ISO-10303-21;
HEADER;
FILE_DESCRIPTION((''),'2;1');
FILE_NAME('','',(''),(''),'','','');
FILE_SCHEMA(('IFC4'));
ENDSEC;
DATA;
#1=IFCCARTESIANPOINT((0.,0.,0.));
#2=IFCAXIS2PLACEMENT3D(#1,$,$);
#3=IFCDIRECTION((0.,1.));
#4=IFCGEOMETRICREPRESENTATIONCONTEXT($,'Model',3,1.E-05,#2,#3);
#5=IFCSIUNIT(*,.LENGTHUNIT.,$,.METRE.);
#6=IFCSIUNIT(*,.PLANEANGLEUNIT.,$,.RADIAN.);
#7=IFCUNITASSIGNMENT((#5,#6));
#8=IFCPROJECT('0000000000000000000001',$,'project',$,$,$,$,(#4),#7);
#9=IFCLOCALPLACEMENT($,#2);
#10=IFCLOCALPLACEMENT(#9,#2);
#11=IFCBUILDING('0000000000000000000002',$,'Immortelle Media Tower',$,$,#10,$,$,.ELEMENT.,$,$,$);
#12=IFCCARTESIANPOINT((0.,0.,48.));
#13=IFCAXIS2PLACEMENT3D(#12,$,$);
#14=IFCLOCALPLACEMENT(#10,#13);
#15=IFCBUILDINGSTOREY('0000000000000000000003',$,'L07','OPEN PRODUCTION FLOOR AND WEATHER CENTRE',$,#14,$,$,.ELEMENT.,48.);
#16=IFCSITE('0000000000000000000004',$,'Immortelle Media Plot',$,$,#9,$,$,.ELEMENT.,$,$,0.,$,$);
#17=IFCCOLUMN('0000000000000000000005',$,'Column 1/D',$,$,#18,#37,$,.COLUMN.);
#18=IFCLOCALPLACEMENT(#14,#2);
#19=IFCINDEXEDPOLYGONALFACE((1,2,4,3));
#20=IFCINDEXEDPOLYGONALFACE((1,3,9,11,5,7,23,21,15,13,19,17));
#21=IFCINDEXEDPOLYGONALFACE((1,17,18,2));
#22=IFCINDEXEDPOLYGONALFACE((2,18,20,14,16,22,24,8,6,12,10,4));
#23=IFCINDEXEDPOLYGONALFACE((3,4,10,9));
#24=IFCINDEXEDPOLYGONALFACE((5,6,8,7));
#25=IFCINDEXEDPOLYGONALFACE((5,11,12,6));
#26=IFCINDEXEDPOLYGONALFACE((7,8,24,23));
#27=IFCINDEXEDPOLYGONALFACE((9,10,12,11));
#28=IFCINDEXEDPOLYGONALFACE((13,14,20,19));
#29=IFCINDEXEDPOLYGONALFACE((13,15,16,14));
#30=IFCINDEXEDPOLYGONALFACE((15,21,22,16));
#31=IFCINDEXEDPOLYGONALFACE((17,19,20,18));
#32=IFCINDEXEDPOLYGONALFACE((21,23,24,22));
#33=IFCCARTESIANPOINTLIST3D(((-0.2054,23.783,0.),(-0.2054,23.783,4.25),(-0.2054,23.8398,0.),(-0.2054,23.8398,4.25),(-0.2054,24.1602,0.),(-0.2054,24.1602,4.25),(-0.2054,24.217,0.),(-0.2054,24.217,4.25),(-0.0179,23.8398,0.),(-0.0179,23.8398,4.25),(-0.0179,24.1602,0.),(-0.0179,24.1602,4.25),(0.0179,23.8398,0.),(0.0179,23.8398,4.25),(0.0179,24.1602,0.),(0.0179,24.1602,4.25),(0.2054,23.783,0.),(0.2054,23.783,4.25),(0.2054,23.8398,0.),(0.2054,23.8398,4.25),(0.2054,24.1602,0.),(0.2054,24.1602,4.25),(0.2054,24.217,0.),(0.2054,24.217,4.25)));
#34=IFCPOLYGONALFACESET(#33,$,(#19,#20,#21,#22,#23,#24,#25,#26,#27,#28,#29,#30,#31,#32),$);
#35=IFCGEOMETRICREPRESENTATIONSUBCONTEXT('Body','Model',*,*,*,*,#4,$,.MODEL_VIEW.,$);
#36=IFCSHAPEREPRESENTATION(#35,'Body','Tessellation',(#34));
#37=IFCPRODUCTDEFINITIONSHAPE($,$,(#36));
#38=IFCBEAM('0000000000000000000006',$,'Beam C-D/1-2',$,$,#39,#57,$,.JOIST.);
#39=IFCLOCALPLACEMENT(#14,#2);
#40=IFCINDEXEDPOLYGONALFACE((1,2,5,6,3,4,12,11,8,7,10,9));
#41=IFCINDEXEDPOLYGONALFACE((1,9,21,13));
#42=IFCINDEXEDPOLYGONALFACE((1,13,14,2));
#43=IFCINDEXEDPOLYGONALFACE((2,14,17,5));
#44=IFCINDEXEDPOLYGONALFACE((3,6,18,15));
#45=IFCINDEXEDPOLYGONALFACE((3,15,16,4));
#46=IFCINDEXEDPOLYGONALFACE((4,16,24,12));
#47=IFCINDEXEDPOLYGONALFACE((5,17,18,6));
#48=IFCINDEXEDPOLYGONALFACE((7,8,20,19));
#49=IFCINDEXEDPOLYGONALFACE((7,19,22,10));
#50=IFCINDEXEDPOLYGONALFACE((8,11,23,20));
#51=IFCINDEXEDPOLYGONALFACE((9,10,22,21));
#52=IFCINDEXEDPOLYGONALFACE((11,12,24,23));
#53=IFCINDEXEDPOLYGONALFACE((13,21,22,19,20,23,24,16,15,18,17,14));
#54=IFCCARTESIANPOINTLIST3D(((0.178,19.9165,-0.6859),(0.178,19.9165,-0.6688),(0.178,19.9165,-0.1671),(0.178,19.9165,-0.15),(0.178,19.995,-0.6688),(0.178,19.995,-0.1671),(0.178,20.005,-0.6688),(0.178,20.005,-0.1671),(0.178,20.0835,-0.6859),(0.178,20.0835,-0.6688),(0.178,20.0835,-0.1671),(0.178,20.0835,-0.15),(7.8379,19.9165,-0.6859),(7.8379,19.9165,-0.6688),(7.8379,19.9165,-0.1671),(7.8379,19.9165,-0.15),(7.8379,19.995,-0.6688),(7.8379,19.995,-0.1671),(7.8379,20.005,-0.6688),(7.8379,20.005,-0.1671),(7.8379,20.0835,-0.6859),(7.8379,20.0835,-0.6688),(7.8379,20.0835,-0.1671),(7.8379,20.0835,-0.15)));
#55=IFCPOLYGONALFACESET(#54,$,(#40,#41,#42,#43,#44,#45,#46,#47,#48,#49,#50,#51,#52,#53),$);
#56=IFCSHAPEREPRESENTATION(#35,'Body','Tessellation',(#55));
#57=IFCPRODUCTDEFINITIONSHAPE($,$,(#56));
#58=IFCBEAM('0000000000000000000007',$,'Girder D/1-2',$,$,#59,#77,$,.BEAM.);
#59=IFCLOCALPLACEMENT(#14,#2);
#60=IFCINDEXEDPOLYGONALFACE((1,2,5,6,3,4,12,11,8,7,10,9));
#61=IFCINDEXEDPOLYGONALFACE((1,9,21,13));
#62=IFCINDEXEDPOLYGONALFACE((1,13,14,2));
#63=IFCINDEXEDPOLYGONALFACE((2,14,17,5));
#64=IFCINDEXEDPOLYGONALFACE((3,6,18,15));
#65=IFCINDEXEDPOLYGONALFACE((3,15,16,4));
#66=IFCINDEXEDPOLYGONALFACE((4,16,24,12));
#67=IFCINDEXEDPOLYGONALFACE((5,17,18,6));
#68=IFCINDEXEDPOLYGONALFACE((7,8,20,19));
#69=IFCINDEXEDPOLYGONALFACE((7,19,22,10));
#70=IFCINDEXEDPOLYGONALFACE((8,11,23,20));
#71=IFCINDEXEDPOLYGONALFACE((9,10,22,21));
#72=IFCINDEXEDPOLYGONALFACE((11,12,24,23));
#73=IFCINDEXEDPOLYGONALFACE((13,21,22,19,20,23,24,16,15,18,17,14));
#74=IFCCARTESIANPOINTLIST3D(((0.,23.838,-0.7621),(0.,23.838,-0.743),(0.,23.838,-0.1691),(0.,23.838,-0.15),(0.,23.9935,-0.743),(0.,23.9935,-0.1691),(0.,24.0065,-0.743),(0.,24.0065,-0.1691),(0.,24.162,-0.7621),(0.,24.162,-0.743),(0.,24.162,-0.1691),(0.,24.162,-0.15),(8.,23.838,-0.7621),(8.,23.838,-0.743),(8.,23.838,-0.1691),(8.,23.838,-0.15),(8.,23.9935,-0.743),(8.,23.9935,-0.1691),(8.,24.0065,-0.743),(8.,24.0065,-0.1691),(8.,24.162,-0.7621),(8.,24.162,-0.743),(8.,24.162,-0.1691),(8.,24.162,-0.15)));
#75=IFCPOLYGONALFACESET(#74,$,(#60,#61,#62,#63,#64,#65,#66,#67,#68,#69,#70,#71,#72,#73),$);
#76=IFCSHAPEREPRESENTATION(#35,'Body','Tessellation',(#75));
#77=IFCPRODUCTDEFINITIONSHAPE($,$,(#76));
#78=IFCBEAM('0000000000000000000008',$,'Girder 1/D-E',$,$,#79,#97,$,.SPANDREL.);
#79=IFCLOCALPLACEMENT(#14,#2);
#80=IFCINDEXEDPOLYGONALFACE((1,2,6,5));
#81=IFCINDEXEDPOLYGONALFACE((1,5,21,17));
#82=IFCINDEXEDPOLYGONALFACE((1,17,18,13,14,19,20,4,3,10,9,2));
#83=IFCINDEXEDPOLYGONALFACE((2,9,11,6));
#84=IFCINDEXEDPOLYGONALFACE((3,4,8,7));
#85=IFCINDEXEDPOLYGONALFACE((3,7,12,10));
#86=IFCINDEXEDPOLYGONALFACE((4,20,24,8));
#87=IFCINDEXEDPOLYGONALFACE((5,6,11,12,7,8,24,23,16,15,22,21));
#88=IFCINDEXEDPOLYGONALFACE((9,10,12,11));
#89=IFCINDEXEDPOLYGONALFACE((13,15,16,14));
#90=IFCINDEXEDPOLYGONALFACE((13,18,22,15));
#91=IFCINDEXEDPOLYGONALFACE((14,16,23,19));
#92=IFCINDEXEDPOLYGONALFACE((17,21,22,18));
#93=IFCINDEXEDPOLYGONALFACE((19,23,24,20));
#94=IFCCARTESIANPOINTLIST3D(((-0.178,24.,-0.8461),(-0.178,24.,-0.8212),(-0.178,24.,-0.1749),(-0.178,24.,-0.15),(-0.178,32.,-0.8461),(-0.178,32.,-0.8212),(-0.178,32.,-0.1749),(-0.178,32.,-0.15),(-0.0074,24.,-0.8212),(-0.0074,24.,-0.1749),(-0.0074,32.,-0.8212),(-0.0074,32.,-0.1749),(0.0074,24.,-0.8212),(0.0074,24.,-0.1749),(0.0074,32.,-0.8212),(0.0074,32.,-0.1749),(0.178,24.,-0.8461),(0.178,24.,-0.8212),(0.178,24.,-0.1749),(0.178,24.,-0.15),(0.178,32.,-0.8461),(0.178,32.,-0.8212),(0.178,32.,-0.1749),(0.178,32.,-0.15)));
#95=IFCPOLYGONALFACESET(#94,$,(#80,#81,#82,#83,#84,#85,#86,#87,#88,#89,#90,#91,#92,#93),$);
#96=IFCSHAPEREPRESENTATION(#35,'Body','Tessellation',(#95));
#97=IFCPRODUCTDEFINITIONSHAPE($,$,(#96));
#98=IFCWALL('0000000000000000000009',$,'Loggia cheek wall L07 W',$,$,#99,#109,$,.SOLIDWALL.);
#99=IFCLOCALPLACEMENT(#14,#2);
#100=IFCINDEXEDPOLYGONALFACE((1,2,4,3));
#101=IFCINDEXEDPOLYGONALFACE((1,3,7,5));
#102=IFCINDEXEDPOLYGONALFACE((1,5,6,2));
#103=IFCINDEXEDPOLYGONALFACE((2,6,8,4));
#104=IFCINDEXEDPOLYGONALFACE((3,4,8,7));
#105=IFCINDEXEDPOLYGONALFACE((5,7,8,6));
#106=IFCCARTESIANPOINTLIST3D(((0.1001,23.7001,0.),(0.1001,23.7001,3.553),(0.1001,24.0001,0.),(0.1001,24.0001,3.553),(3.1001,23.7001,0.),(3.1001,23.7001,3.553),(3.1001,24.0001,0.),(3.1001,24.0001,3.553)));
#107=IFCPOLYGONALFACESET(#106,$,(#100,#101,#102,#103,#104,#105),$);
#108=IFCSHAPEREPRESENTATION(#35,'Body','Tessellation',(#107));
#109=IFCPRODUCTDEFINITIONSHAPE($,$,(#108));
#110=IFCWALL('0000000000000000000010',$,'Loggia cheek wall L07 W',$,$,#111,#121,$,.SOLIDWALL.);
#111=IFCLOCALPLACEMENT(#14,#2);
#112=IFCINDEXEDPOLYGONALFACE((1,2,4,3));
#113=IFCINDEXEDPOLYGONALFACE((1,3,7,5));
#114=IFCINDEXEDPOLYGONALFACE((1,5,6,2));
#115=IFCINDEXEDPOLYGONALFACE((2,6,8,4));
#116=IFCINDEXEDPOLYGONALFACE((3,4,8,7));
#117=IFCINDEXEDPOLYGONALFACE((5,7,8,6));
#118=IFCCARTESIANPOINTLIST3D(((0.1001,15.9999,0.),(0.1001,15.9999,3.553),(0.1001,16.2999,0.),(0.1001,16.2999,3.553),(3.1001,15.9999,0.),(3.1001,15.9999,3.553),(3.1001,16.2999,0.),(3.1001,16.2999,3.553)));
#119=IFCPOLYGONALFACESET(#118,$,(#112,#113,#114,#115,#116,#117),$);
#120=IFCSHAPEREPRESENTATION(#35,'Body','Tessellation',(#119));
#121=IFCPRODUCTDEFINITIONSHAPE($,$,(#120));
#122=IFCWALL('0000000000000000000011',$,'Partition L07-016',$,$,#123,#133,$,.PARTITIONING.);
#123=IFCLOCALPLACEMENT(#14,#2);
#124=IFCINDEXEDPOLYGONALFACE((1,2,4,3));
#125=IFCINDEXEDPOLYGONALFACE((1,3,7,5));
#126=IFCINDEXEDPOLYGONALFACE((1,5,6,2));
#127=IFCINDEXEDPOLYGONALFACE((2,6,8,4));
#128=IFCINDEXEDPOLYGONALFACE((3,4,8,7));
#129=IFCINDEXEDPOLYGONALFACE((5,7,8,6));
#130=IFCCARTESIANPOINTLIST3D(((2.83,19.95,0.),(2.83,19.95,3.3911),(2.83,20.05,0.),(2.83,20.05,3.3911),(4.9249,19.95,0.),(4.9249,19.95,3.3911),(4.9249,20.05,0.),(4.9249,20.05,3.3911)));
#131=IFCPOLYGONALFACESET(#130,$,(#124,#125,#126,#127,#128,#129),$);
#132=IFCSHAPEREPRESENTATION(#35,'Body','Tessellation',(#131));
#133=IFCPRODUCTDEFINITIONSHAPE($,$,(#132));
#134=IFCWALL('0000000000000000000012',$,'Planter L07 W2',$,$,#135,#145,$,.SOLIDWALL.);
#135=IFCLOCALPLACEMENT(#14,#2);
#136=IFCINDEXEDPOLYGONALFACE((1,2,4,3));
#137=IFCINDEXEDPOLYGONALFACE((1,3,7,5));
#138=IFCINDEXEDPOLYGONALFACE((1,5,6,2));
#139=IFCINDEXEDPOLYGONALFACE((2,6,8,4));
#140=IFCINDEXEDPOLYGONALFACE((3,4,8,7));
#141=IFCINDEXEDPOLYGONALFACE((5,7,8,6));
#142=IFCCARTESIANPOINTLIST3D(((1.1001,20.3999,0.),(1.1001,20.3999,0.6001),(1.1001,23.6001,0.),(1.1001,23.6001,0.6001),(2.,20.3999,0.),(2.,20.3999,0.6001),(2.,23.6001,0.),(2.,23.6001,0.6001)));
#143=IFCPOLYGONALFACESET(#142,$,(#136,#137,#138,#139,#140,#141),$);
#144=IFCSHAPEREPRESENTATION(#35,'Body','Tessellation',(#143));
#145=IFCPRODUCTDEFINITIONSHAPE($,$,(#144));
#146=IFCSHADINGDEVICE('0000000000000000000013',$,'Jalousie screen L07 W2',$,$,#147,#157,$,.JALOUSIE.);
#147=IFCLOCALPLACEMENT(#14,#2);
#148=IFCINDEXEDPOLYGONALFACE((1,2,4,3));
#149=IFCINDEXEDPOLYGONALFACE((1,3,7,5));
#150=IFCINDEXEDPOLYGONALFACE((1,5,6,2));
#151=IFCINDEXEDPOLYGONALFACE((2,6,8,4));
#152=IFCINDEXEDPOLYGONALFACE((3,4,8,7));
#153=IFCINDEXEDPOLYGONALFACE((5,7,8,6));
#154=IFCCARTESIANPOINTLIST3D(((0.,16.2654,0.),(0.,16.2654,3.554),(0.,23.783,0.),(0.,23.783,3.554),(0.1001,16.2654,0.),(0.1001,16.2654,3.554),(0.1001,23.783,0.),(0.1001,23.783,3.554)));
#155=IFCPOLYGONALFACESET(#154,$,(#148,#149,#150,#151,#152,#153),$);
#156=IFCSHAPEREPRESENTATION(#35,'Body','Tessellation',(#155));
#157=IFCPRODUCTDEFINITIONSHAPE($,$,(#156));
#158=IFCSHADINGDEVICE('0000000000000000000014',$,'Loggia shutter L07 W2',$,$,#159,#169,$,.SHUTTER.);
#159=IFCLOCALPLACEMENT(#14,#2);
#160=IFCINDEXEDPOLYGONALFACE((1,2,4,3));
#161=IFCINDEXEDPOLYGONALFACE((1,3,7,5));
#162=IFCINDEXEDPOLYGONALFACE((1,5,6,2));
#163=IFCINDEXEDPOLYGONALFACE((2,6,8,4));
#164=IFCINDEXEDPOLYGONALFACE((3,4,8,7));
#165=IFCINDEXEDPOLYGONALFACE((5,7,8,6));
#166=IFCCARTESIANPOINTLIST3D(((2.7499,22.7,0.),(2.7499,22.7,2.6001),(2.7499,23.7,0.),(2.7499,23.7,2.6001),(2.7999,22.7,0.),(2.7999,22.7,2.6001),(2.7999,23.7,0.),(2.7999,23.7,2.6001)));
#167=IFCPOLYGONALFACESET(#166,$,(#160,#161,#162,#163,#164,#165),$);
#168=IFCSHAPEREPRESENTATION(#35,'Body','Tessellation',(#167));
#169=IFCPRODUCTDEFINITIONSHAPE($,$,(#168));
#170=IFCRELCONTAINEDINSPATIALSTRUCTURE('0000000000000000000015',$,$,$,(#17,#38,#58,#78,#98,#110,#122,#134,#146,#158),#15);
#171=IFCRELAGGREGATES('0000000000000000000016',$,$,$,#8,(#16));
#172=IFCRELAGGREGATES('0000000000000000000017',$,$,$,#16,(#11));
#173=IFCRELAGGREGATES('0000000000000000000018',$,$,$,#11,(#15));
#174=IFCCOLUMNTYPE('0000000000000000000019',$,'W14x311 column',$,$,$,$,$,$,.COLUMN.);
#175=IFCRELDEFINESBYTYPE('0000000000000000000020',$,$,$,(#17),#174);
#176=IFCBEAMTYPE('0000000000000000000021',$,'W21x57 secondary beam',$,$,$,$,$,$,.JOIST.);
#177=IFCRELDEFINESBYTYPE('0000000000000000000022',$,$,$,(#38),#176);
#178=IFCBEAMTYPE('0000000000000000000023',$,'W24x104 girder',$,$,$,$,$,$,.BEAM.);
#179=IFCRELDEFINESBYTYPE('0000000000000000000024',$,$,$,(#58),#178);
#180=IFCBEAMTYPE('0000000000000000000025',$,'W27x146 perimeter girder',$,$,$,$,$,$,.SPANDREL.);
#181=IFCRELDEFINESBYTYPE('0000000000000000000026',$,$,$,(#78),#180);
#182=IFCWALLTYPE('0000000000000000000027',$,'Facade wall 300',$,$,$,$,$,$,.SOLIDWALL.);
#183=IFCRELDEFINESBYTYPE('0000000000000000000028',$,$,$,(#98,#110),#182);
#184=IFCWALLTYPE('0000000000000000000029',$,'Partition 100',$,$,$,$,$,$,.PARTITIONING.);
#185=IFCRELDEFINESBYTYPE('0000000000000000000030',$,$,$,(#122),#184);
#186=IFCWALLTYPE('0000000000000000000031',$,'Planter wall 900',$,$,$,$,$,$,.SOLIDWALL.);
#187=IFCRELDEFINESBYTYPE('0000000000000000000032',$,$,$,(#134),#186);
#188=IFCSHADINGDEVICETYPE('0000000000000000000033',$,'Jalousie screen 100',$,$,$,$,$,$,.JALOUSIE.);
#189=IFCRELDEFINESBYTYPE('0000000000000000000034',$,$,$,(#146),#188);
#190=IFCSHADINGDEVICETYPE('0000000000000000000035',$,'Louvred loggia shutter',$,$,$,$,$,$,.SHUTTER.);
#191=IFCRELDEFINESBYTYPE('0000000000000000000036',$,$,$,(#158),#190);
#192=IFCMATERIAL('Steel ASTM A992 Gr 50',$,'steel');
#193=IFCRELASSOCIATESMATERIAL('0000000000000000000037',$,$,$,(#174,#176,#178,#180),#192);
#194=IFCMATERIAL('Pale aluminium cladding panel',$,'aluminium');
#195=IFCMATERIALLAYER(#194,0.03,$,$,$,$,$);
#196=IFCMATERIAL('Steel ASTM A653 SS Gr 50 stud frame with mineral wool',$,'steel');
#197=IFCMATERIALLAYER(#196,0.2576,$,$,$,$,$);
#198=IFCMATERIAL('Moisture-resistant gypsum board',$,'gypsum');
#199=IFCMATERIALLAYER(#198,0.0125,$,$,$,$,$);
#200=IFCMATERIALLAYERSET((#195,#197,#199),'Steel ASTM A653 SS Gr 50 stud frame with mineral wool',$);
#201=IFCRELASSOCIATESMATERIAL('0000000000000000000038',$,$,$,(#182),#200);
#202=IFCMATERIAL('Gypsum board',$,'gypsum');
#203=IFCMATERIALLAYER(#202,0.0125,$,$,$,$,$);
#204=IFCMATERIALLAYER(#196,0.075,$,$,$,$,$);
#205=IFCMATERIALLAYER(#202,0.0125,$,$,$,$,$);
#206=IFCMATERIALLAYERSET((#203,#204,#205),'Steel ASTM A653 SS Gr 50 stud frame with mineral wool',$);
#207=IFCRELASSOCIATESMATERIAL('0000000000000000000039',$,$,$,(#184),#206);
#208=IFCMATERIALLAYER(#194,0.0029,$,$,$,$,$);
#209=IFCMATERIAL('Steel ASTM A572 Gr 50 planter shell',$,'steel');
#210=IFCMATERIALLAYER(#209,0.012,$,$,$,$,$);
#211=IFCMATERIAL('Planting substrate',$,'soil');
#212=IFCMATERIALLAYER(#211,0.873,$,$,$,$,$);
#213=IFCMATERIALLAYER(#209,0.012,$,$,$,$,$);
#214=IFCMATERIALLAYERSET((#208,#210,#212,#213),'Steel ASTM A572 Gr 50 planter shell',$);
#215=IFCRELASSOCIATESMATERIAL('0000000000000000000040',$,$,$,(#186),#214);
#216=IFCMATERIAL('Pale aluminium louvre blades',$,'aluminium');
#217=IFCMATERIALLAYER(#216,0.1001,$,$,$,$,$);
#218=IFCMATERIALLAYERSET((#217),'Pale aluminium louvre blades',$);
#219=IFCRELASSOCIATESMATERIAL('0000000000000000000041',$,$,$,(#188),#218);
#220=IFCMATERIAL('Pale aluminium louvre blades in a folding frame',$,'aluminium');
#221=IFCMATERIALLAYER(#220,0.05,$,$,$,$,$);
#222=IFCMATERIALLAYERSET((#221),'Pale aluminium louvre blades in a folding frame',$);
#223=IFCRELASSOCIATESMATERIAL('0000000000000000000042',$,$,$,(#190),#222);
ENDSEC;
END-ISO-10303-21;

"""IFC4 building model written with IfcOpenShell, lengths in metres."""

from ifc_helpers import new_model, si_unit, direction, frame, frame_2d, origin, origin_2d, place, context, subcontext, project, spatial, rectangle, i_section, extrude, material, layer, layer_set, material_profile, profile_set, type_object, element, save


model = new_model("IFC4")

# Units and contexts
model_context = context("Model", 3, precision=1e-05, world=origin(), true_north=direction((0.0, 1.0)))
body_context = subcontext(model_context, "Body", "Model", "MODEL_VIEW")
ifc_project = project(units=[si_unit("LENGTHUNIT", "METRE"), si_unit("PLANEANGLEUNIT", "RADIAN")], contexts=[model_context])

# Site, building, storey
site_placement = place(None, origin())
site = spatial("IfcSite", under=ifc_project, at=site_placement, Name="Immortelle Media Plot", CompositionType="ELEMENT", RefElevation=0.0)
building_placement = place(site_placement, origin())
building = spatial("IfcBuilding", under=site, at=building_placement, Name="Immortelle Media Tower", CompositionType="ELEMENT")
storey_placement = place(building_placement, frame((0.0, 0.0, 48.0)))
storey = spatial("IfcBuildingStorey", under=building, at=storey_placement, Name="L07", Description="OPEN PRODUCTION FLOOR AND WEATHER CENTRE", CompositionType="ELEMENT", Elevation=48.0)

# Column
ifc_material_1 = material(Name="Steel ASTM A992 Gr 50", Category="steel")
ifc_material_profile_1 = material_profile(ifc_material_1, i_section(OverallWidth=0.4109, OverallDepth=0.4341, WebThickness=0.0359, FlangeThickness=0.0569, at=origin_2d()), Name="W14x311")
ifc_profile_set_1 = profile_set([ifc_material_profile_1], Name="Steel ASTM A992 Gr 50")
column_type = type_object("IfcColumnType", Name="W14x311 column", PredefinedType="COLUMN", material=ifc_profile_set_1)
column_placement = place(storey_placement, frame((0.0, 24.0, 0.0), z_axis=(0.0, 0.0, 1.0), x_axis=(1.0, 0.0, 0.0)))
element("IfcColumn", 1, at=column_placement, inside=storey, type_object=column_type, Name="Column 1/D", PredefinedType="COLUMN", context=body_context, shape_type="SweptSolid", body=[
    extrude(i_section(OverallWidth=0.4109, OverallDepth=0.4341, WebThickness=0.0359, FlangeThickness=0.0569, at=origin_2d()), origin(), (0.0, 0.0, 1.0), 4.25),
])

# Beams
ifc_material_profile_2 = material_profile(ifc_material_1, i_section(OverallWidth=0.167, OverallDepth=0.5359, WebThickness=0.01, FlangeThickness=0.0171, at=origin_2d()), Name="W21x57")
ifc_profile_set_2 = profile_set([ifc_material_profile_2], Name="Steel ASTM A992 Gr 50")
beam_type_1 = type_object("IfcBeamType", Name="W21x57 secondary beam", PredefinedType="JOIST", material=ifc_profile_set_2)
beam_1_placement = place(storey_placement, frame((0.178, 20.0, -0.418), z_axis=(1.0, 0.0, 0.0), x_axis=(0.0, 1.0, 0.0)))
element("IfcBeam", 2, at=beam_1_placement, inside=storey, type_object=beam_type_1, Name="Beam C-D/1-2", PredefinedType="JOIST", context=body_context, shape_type="SweptSolid", body=[
    extrude(i_section(OverallWidth=0.167, OverallDepth=0.5359, WebThickness=0.01, FlangeThickness=0.0171, at=origin_2d()), origin(), (0.0, 0.0, 1.0), 7.6599),
])
ifc_material_profile_3 = material_profile(ifc_material_1, i_section(OverallWidth=0.324, OverallDepth=0.6121, WebThickness=0.0129, FlangeThickness=0.019, at=origin_2d()), Name="W24x104")
ifc_profile_set_3 = profile_set([ifc_material_profile_3], Name="Steel ASTM A992 Gr 50")
beam_type_2 = type_object("IfcBeamType", Name="W24x104 girder", PredefinedType="BEAM", material=ifc_profile_set_3)
beam_2_placement = place(storey_placement, frame((0.0, 24.0, -0.4561), z_axis=(1.0, 0.0, 0.0), x_axis=(0.0, 1.0, 0.0)))
element("IfcBeam", 3, at=beam_2_placement, inside=storey, type_object=beam_type_2, Name="Girder D/1-2", PredefinedType="BEAM", context=body_context, shape_type="SweptSolid", body=[
    extrude(i_section(OverallWidth=0.324, OverallDepth=0.6121, WebThickness=0.0129, FlangeThickness=0.019, at=origin_2d()), origin(), (0.0, 0.0, 1.0), 8.0),
])
ifc_material_profile_4 = material_profile(ifc_material_1, i_section(OverallWidth=0.356, OverallDepth=0.696, WebThickness=0.0149, FlangeThickness=0.0249, at=origin_2d()), Name="W27x146")
ifc_profile_set_4 = profile_set([ifc_material_profile_4], Name="Steel ASTM A992 Gr 50")
beam_type_3 = type_object("IfcBeamType", Name="W27x146 perimeter girder", PredefinedType="SPANDREL", material=ifc_profile_set_4)
beam_3_placement = place(storey_placement, frame((0.0, 24.0, -0.498), z_axis=(0.0, 1.0, 0.0), x_axis=(-1.0, 0.0, 0.0)))
element("IfcBeam", 4, at=beam_3_placement, inside=storey, type_object=beam_type_3, Name="Girder 1/D-E", PredefinedType="SPANDREL", context=body_context, shape_type="SweptSolid", body=[
    extrude(i_section(OverallWidth=0.356, OverallDepth=0.696, WebThickness=0.0149, FlangeThickness=0.0249, at=origin_2d()), origin(), (0.0, 0.0, 1.0), 8.0),
])

# Shared definitions
ifc_material_2 = material(Name="Pale aluminium cladding panel", Category="aluminium")
ifc_layer_1 = layer(ifc_material_2, 0.03)
ifc_material_3 = material(Name="Steel ASTM A653 SS Gr 50 stud frame with mineral wool", Category="steel")
ifc_layer_2 = layer(ifc_material_3, 0.2576)
ifc_material_4 = material(Name="Moisture-resistant gypsum board", Category="gypsum")
ifc_layer_3 = layer(ifc_material_4, 0.0125)
ifc_layer_set_1 = layer_set([ifc_layer_1, ifc_layer_2, ifc_layer_3], Name="Steel ASTM A653 SS Gr 50 stud frame with mineral wool")
wall_type_1 = type_object("IfcWallType", Name="Facade wall 300", PredefinedType="SOLIDWALL", material=ifc_layer_set_1)

# Walls
for number, where, z_axis, x_axis, name in (
    (5, (0.1001, 23.8501, 0.0), (0.0, 0.0, 1.0), (1.0, 0.0, 0.0), "Loggia cheek wall L07 W"),
    (6, (0.1001, 16.1499, 0.0), (0.0, 0.0, 1.0), (1.0, 0.0, 0.0), "Loggia cheek wall L07 W"),
):
    element("IfcWall", number, at=place(storey_placement, frame(where, z_axis=z_axis, x_axis=x_axis)), inside=storey, type_object=wall_type_1, Name=name, PredefinedType="SOLIDWALL", context=body_context, shape_type="SweptSolid", body=[
        extrude(rectangle(XDim=3.0, YDim=0.3, at=frame_2d((1.5, 0.0))), origin(), (0.0, 0.0, 1.0), 3.553),
    ])
ifc_material_5 = material(Name="Gypsum board", Category="gypsum")
ifc_layer_4 = layer(ifc_material_5, 0.0125)
ifc_layer_5 = layer(ifc_material_3, 0.075)
ifc_layer_6 = layer(ifc_material_5, 0.0125)
ifc_layer_set_2 = layer_set([ifc_layer_4, ifc_layer_5, ifc_layer_6], Name="Steel ASTM A653 SS Gr 50 stud frame with mineral wool")
wall_type_2 = type_object("IfcWallType", Name="Partition 100", PredefinedType="PARTITIONING", material=ifc_layer_set_2)
wall_1_placement = place(storey_placement, frame((2.8301, 20.0, 0.0), z_axis=(0.0, 0.0, 1.0), x_axis=(1.0, 0.0, 0.0)))
element("IfcWall", 7, at=wall_1_placement, inside=storey, type_object=wall_type_2, Name="Partition L07-016", PredefinedType="PARTITIONING", context=body_context, shape_type="SweptSolid", body=[
    extrude(rectangle(XDim=2.095, YDim=0.1001, at=frame_2d((1.0474, 0.0))), origin(), (0.0, 0.0, 1.0), 3.3911),
])
ifc_layer_7 = layer(ifc_material_2, 0.0029)
ifc_material_6 = material(Name="Steel ASTM A572 Gr 50 planter shell", Category="steel")
ifc_layer_8 = layer(ifc_material_6, 0.012)
ifc_material_7 = material(Name="Planting substrate", Category="soil")
ifc_layer_9 = layer(ifc_material_7, 0.873)
ifc_layer_10 = layer(ifc_material_6, 0.012)
ifc_layer_set_3 = layer_set([ifc_layer_7, ifc_layer_8, ifc_layer_9, ifc_layer_10], Name="Steel ASTM A572 Gr 50 planter shell")
wall_type_3 = type_object("IfcWallType", Name="Planter wall 900", PredefinedType="SOLIDWALL", material=ifc_layer_set_3)
wall_2_placement = place(storey_placement, frame((1.55, 23.6001, 0.0), z_axis=(0.0, 0.0, 1.0), x_axis=(0.0, -1.0, 0.0)))
element("IfcWall", 8, at=wall_2_placement, inside=storey, type_object=wall_type_3, Name="Planter L07 W2", PredefinedType="SOLIDWALL", context=body_context, shape_type="SweptSolid", body=[
    extrude(rectangle(XDim=3.2002, YDim=0.8999, at=frame_2d((1.6001, 0.0))), origin(), (0.0, 0.0, 1.0), 0.6001),
])

# Shading devices
ifc_material_8 = material(Name="Pale aluminium louvre blades", Category="aluminium")
ifc_layer_11 = layer(ifc_material_8, 0.1001)
ifc_layer_set_4 = layer_set([ifc_layer_11], Name="Pale aluminium louvre blades")
shading_device_type_1 = type_object("IfcShadingDeviceType", Name="Jalousie screen 100", PredefinedType="JALOUSIE", material=ifc_layer_set_4)
shading_device_1_placement = place(storey_placement, frame((0.05, 20.0242, 0.0), z_axis=(0.0, 0.0, 1.0), x_axis=(0.0, -1.0, 0.0)))
element("IfcShadingDevice", 9, at=shading_device_1_placement, inside=storey, type_object=shading_device_type_1, Name="Jalousie screen L07 W2", PredefinedType="JALOUSIE", context=body_context, shape_type="SweptSolid", body=[
    extrude(rectangle(XDim=7.5176, YDim=0.1001, at=origin_2d()), origin(), (0.0, 0.0, 1.0), 3.554),
])
ifc_material_9 = material(Name="Pale aluminium louvre blades in a folding frame", Category="aluminium")
ifc_layer_12 = layer(ifc_material_9, 0.05)
ifc_layer_set_5 = layer_set([ifc_layer_12], Name="Pale aluminium louvre blades in a folding frame")
shading_device_type_2 = type_object("IfcShadingDeviceType", Name="Louvred loggia shutter", PredefinedType="SHUTTER", material=ifc_layer_set_5)
shading_device_2_placement = place(storey_placement, frame((2.7749, 23.2, 0.0), z_axis=(0.0, 0.0, 1.0), x_axis=(0.0, -1.0, 0.0)))
element("IfcShadingDevice", 10, at=shading_device_2_placement, inside=storey, type_object=shading_device_type_2, Name="Loggia shutter L07 W2", PredefinedType="SHUTTER", context=body_context, shape_type="SweptSolid", body=[
    extrude(rectangle(XDim=1.0, YDim=0.05, at=origin_2d()), origin(), (0.0, 0.0, 1.0), 2.6001),
])

save(model, "model.ifc")
